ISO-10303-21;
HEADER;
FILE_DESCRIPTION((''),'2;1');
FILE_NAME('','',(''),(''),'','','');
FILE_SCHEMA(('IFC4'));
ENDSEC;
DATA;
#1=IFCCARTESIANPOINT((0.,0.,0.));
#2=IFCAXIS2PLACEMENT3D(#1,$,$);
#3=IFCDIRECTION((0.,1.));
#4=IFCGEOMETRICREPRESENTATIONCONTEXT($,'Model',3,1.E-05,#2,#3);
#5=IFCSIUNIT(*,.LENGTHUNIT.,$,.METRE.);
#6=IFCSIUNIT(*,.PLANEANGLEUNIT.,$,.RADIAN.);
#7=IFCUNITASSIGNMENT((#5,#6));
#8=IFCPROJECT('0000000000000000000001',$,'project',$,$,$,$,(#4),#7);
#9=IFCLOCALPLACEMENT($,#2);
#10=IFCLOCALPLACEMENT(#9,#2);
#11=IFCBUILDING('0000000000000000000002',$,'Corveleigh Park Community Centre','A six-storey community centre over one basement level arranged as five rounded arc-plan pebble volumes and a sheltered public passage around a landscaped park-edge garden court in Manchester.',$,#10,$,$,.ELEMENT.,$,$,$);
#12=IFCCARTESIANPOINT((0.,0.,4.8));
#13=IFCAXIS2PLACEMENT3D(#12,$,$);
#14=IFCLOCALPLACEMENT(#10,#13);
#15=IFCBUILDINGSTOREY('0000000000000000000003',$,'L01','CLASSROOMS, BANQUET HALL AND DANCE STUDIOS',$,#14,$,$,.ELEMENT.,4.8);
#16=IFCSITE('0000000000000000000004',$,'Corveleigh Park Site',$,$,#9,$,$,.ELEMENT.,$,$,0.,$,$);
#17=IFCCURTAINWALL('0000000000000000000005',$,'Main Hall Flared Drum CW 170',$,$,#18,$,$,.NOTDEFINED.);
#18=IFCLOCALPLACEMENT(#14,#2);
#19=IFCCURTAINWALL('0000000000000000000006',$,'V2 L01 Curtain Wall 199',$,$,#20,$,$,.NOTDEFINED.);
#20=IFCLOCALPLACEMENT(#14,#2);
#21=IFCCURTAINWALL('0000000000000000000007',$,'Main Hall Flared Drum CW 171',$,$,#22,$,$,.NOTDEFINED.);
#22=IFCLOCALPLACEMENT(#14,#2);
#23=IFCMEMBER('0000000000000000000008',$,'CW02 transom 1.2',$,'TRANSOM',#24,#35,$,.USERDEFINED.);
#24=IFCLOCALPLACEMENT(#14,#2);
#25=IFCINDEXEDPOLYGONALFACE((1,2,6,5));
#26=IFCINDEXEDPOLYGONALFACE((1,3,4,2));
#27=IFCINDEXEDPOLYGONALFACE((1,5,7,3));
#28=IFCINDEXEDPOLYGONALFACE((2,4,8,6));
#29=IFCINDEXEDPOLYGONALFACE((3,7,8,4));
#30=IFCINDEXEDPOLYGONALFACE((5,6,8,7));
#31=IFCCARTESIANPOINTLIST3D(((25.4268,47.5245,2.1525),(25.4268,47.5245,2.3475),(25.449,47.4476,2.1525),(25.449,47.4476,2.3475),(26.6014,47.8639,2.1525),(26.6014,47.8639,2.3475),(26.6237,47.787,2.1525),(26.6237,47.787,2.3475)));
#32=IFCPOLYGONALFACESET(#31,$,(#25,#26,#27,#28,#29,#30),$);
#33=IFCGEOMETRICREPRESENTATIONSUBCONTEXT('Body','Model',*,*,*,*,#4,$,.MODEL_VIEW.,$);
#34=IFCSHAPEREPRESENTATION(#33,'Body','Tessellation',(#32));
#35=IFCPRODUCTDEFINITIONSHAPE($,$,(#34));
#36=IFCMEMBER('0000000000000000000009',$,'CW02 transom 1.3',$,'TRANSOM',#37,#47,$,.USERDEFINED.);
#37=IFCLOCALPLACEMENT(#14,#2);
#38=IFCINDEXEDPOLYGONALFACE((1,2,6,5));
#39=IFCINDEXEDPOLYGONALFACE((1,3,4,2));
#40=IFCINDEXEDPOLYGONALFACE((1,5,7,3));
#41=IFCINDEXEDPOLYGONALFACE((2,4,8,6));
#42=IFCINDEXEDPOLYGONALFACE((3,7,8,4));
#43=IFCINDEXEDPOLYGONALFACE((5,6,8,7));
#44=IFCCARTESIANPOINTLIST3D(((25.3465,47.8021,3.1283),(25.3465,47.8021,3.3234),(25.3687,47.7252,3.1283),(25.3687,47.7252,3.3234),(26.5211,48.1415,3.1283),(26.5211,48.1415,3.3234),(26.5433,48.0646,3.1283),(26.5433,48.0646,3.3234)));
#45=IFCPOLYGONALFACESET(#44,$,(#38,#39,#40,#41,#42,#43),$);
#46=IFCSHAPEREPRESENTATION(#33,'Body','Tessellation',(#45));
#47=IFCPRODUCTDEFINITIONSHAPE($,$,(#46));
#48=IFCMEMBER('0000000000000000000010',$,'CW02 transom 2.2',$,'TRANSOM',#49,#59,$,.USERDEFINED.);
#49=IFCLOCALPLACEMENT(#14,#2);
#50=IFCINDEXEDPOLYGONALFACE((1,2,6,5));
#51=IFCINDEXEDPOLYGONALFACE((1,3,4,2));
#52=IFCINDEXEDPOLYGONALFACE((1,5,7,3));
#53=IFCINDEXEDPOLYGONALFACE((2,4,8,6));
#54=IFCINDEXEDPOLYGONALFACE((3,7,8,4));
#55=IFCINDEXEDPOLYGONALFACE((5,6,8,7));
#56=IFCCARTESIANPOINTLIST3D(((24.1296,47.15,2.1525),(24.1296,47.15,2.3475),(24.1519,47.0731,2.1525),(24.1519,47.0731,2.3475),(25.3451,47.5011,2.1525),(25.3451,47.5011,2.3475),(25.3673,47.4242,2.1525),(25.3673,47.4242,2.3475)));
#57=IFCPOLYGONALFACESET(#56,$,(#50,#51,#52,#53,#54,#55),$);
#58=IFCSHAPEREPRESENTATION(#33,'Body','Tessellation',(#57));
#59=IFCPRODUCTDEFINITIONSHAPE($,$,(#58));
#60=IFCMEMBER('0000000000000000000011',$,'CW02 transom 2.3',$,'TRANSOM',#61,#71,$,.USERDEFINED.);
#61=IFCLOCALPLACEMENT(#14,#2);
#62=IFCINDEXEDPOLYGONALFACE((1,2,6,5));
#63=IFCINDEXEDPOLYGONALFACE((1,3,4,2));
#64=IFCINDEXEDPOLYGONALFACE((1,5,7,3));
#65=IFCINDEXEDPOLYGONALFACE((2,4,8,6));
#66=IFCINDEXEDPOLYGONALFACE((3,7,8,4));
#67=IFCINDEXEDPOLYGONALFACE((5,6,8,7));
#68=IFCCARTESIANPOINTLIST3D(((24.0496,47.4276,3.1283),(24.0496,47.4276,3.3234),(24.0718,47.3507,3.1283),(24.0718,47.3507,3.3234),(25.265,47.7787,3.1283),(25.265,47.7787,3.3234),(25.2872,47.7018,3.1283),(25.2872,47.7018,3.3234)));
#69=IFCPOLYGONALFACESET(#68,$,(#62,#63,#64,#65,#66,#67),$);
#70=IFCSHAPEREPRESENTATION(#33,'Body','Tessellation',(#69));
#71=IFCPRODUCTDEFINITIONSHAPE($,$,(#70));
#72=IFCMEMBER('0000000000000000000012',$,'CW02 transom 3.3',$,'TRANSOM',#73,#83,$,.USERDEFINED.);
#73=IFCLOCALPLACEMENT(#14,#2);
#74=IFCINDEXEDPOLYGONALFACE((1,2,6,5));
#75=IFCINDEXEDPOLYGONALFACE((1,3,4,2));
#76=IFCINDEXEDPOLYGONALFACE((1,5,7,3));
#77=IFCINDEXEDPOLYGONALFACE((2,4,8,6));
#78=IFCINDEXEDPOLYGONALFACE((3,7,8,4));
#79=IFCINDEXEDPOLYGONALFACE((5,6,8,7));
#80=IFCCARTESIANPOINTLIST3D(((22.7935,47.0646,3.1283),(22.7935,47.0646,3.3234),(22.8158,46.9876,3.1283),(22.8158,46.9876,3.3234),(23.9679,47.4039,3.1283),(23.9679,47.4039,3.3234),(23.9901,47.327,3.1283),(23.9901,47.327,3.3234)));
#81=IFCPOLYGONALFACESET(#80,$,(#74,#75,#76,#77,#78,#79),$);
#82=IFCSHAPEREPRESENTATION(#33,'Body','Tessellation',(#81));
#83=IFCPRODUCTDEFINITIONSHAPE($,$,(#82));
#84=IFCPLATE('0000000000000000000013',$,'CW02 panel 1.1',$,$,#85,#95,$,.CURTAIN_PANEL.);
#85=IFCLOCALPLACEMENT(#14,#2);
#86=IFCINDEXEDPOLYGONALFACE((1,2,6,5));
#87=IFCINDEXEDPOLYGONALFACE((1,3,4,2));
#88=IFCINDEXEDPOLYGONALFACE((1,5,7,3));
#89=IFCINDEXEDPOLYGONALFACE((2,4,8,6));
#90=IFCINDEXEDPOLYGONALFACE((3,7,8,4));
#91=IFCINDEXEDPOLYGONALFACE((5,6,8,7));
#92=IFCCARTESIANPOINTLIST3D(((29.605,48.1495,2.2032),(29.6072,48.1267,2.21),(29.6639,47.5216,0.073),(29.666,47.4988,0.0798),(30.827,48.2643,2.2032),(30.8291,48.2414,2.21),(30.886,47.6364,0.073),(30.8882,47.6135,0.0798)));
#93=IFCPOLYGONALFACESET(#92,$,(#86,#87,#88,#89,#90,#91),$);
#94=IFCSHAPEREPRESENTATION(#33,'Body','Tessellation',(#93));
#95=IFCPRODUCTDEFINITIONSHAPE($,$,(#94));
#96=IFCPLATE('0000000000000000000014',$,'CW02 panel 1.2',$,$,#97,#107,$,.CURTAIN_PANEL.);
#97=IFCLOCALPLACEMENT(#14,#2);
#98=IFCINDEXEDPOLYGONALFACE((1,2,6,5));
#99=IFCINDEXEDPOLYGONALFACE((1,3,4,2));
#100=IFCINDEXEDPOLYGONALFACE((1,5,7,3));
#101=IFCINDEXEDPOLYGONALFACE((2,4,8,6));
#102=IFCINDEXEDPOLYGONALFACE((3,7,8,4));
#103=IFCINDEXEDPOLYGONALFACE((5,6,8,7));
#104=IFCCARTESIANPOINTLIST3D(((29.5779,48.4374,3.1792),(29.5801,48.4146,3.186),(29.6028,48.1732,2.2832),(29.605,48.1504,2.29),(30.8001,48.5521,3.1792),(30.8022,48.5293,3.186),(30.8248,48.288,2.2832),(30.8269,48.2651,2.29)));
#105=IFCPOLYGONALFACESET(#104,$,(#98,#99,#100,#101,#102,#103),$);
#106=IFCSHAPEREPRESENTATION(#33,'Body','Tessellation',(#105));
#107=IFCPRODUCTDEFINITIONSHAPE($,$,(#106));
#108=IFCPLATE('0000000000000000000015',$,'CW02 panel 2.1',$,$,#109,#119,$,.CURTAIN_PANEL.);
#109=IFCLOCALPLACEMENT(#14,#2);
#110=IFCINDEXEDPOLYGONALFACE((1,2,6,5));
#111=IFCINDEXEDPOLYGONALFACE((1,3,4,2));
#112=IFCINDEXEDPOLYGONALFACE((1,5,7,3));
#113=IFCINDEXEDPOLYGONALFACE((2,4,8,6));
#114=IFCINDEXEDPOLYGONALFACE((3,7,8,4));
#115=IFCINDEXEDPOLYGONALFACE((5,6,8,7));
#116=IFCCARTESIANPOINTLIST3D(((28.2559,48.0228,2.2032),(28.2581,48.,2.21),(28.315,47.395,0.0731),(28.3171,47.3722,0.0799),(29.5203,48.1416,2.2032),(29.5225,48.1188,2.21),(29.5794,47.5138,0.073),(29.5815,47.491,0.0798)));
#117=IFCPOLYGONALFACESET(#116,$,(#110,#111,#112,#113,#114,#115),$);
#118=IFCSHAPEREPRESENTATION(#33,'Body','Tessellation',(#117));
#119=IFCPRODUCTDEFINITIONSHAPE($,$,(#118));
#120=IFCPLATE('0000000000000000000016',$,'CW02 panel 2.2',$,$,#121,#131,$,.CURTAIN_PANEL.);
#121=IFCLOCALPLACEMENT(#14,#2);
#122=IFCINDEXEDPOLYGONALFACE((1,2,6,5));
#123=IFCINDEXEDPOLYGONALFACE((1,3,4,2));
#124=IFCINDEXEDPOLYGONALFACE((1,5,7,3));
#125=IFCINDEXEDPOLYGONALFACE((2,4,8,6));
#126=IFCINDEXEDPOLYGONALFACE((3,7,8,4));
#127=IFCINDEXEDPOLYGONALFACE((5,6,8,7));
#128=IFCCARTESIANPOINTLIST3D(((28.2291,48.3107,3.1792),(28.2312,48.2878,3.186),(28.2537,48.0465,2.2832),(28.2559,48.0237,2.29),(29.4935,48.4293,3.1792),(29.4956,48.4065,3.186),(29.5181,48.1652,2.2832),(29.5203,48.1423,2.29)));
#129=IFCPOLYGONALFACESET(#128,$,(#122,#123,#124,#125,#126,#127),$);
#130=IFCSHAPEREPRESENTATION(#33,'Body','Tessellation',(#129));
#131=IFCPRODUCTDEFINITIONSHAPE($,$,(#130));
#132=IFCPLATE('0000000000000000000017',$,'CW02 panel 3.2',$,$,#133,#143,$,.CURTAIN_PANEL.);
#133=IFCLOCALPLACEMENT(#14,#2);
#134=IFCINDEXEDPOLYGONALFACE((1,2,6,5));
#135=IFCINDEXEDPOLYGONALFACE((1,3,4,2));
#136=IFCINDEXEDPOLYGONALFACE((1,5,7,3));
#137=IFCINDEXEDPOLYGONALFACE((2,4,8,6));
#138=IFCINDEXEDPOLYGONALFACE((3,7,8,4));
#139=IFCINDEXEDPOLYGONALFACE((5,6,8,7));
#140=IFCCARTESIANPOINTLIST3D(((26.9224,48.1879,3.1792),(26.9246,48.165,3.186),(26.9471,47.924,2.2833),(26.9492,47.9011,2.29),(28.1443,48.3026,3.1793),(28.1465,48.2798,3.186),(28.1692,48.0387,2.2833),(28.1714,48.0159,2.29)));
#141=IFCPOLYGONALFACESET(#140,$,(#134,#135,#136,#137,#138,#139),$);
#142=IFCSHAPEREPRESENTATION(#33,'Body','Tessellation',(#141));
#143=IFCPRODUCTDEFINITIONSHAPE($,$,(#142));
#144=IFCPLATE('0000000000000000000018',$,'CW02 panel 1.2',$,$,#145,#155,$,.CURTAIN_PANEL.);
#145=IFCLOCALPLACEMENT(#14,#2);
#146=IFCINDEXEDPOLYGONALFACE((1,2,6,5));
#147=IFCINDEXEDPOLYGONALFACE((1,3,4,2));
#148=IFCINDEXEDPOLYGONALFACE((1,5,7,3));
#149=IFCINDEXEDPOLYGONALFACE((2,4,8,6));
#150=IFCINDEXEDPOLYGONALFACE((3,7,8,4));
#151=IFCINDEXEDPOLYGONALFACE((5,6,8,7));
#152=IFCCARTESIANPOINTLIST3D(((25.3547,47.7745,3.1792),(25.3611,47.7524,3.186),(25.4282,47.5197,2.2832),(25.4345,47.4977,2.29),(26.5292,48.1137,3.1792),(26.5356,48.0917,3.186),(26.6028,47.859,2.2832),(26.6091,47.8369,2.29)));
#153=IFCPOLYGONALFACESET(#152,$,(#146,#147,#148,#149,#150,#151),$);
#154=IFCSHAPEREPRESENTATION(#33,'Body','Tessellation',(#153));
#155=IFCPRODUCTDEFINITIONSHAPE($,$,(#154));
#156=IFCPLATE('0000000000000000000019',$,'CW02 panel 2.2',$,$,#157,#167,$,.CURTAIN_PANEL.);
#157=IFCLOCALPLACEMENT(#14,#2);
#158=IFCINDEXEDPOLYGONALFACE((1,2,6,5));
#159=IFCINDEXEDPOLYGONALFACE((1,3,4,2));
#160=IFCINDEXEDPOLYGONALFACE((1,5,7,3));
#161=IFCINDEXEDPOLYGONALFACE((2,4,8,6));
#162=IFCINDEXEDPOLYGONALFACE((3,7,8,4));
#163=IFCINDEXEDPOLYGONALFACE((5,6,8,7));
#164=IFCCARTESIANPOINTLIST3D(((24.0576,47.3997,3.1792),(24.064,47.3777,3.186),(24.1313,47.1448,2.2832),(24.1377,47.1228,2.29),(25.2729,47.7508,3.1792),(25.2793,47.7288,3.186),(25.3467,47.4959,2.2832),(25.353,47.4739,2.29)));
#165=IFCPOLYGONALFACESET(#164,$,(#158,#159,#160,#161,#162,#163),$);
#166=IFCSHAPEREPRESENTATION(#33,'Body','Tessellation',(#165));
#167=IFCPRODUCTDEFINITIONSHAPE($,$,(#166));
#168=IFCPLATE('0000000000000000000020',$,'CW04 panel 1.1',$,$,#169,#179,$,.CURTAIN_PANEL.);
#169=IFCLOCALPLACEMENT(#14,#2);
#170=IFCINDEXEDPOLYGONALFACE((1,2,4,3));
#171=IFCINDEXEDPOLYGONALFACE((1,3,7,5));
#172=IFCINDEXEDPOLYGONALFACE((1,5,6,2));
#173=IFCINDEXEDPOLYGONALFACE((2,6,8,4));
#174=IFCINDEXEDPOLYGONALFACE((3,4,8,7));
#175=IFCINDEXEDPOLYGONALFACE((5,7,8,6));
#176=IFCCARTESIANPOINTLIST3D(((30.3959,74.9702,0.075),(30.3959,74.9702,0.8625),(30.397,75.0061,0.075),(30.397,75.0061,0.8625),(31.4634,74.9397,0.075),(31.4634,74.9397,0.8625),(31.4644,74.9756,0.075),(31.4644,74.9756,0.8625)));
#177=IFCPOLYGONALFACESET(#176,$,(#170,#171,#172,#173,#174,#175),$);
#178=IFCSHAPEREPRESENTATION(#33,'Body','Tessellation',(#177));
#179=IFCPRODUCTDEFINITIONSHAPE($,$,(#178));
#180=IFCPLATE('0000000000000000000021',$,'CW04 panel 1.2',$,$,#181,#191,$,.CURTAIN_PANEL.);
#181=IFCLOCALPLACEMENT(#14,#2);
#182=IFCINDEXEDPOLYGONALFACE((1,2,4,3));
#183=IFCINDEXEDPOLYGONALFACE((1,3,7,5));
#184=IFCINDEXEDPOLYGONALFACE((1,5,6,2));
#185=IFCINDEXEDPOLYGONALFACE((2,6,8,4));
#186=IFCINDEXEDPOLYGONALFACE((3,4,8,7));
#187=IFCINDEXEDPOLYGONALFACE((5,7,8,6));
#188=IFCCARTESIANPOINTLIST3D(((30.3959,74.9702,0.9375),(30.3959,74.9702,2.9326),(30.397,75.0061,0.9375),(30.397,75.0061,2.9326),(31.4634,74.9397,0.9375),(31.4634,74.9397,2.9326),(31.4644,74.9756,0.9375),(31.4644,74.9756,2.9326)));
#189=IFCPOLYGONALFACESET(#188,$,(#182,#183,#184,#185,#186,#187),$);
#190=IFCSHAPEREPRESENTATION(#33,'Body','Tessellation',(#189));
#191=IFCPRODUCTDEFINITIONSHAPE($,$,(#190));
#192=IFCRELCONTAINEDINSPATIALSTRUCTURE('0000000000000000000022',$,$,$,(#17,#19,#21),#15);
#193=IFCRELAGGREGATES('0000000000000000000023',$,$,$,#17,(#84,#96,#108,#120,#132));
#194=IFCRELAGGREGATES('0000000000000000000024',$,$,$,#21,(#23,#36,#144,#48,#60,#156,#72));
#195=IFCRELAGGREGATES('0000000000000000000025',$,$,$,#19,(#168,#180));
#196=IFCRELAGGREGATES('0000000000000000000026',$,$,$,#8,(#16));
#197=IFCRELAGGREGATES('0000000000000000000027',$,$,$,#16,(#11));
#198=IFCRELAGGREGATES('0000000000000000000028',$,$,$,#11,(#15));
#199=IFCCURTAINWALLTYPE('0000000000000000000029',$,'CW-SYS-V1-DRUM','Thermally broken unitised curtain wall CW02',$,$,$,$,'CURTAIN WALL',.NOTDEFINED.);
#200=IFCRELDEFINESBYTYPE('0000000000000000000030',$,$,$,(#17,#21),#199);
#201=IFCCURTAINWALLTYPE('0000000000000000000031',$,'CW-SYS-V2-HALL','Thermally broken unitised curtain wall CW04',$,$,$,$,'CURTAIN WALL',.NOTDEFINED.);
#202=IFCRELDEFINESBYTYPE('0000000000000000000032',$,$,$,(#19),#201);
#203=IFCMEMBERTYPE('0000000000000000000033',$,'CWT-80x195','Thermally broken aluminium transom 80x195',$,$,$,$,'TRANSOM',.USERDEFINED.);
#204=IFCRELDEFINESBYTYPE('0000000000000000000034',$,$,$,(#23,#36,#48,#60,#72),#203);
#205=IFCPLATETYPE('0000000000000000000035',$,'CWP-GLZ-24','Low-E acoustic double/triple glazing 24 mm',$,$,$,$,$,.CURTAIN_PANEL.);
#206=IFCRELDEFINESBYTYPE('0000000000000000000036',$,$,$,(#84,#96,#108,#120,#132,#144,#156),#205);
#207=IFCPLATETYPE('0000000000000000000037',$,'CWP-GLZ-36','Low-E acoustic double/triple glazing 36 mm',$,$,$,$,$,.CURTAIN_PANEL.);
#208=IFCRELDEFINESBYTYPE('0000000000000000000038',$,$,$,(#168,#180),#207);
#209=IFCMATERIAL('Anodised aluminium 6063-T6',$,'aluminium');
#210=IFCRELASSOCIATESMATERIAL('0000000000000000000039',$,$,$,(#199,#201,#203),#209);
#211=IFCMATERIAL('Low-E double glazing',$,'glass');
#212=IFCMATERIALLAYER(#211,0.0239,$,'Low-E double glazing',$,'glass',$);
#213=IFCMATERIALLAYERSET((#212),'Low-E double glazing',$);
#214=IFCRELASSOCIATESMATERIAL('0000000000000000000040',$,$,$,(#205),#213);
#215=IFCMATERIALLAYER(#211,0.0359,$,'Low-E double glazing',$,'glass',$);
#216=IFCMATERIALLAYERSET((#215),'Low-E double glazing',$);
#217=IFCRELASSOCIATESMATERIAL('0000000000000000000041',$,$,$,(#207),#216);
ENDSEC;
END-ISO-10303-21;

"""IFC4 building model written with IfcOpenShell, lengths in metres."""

from ifc_helpers import new_model, si_unit, direction, frame, origin, origin_2d, place, context, subcontext, project, spatial, polyline, rectangle, outline, extrude, material, layer, layer_set, material_profile, profile_set, type_object, element, aggregate, save


model = new_model("IFC4")

# Units and contexts
model_context = context("Model", 3, precision=1e-05, world=origin(), true_north=direction((0.0, 1.0)))
body_context = subcontext(model_context, "Body", "Model", "MODEL_VIEW")
ifc_project = project(units=[si_unit("LENGTHUNIT", "METRE"), si_unit("PLANEANGLEUNIT", "RADIAN")], contexts=[model_context])

# Site, building, storey
site_placement = place(None, origin())
site = spatial("IfcSite", under=ifc_project, at=site_placement, Name="Corveleigh Park Site", CompositionType="ELEMENT", RefElevation=0.0)
building_placement = place(site_placement, origin())
building = spatial("IfcBuilding", under=site, at=building_placement, Name="Corveleigh Park Community Centre", Description="A six-storey community centre over one basement level arranged as five rounded arc-plan pebble volumes and a sheltered public passage around a landscaped park-edge garden court in Manchester.", CompositionType="ELEMENT")
storey_placement = place(building_placement, frame((0.0, 0.0, 4.8)))
storey = spatial("IfcBuildingStorey", under=building, at=storey_placement, Name="L01", Description="CLASSROOMS, BANQUET HALL AND DANCE STUDIOS", CompositionType="ELEMENT", Elevation=4.8)

# Shared definitions
ifc_material_1 = material(Name="Anodised aluminium 6063-T6", Category="aluminium")
curtain_wall_type_1 = type_object("IfcCurtainWallType", Name="CW-SYS-V1-DRUM", Description="Thermally broken unitised curtain wall CW02", ElementType="CURTAIN WALL", PredefinedType="NOTDEFINED", material=ifc_material_1)

# Curtain walls
curtain_wall_1_placement = place(storey_placement, origin())
curtain_wall_1 = element("IfcCurtainWall", 1, at=curtain_wall_1_placement, inside=storey, type_object=curtain_wall_type_1, Name="Main Hall Flared Drum CW 170", PredefinedType="NOTDEFINED")
curtain_wall_type_2 = type_object("IfcCurtainWallType", Name="CW-SYS-V2-HALL", Description="Thermally broken unitised curtain wall CW04", ElementType="CURTAIN WALL", PredefinedType="NOTDEFINED", material=ifc_material_1)
curtain_wall_2_placement = place(storey_placement, origin())
curtain_wall_2 = element("IfcCurtainWall", 2, at=curtain_wall_2_placement, inside=storey, type_object=curtain_wall_type_2, Name="V2 L01 Curtain Wall 199", PredefinedType="NOTDEFINED")

# Shared definitions
ifc_material_profile_1 = material_profile(ifc_material_1, rectangle(XDim=0.0801, YDim=0.1951, at=origin_2d()), Name="ALU-T80x195", Category="aluminium")
ifc_profile_set_1 = profile_set([ifc_material_profile_1], Name="Anodised aluminium 6063-T6")
member_type_1 = type_object("IfcMemberType", Name="CWT-80x195", Description="Thermally broken aluminium transom 80x195", ElementType="TRANSOM", PredefinedType="USERDEFINED", material=ifc_profile_set_1)

# Curtain wall, members
curtain_wall_3_placement = place(storey_placement, origin())
curtain_wall_3 = element("IfcCurtainWall", 3, at=curtain_wall_3_placement, inside=storey, type_object=curtain_wall_type_1, Name="Main Hall Flared Drum CW 171", PredefinedType="NOTDEFINED")
member_1_placement = place(storey_placement, frame((26.6125, 47.8254, 2.25), z_axis=(-0.960706, -0.277568, 0.0), x_axis=(0.277568, -0.960706, 0.0)))
member_1 = element("IfcMember", 4, at=member_1_placement, type_object=member_type_1, Name="CW02 transom 1.2", ObjectType="TRANSOM", PredefinedType="USERDEFINED", context=body_context, shape_type="SweptSolid", body=[
    extrude(rectangle(XDim=0.0801, YDim=0.1951, at=origin_2d()), origin(), (0.0, 0.0, 1.0), 1.2227),
])
member_2_placement = place(storey_placement, frame((26.5322, 48.103, 3.2258), z_axis=(-0.960706, -0.277568, 0.0), x_axis=(0.277568, -0.960706, 0.0)))
member_2 = element("IfcMember", 5, at=member_2_placement, type_object=member_type_1, Name="CW02 transom 1.3", ObjectType="TRANSOM", PredefinedType="USERDEFINED", context=body_context, shape_type="SweptSolid", body=[
    extrude(rectangle(XDim=0.0801, YDim=0.1951, at=origin_2d()), origin(), (0.0, 0.0, 1.0), 1.2227),
])
member_3_placement = place(storey_placement, frame((25.3562, 47.4626, 2.25), z_axis=(-0.960719, -0.277524, 0.0), x_axis=(0.277524, -0.960719, 0.0)))
member_3 = element("IfcMember", 6, at=member_3_placement, type_object=member_type_1, Name="CW02 transom 2.2", ObjectType="TRANSOM", PredefinedType="USERDEFINED", context=body_context, shape_type="SweptSolid", body=[
    extrude(rectangle(XDim=0.0801, YDim=0.1951, at=origin_2d()), origin(), (0.0, 0.0, 1.0), 1.2651),
])
member_4_placement = place(storey_placement, frame((25.2761, 47.7402, 3.2258), z_axis=(-0.960719, -0.277524, 0.0), x_axis=(0.277524, -0.960719, 0.0)))
member_4 = element("IfcMember", 7, at=member_4_placement, type_object=member_type_1, Name="CW02 transom 2.3", ObjectType="TRANSOM", PredefinedType="USERDEFINED", context=body_context, shape_type="SweptSolid", body=[
    extrude(rectangle(XDim=0.0801, YDim=0.1951, at=origin_2d()), origin(), (0.0, 0.0, 1.0), 1.2651),
])
member_5_placement = place(storey_placement, frame((23.979, 47.3655, 3.2258), z_axis=(-0.960691, -0.277622, 0.0), x_axis=(0.277622, -0.960691, 0.0)))
member_5 = element("IfcMember", 8, at=member_5_placement, type_object=member_type_1, Name="CW02 transom 3.3", ObjectType="TRANSOM", PredefinedType="USERDEFINED", context=body_context, shape_type="SweptSolid", body=[
    extrude(rectangle(XDim=0.0801, YDim=0.1951, at=origin_2d()), origin(), (0.0, 0.0, 1.0), 1.2224),
])

# Plates
ifc_material_2 = material(Name="Low-E double glazing", Category="glass")
ifc_layer_1 = layer(ifc_material_2, 0.0239, Name="Low-E double glazing", Category="glass")
ifc_layer_set_1 = layer_set([ifc_layer_1], Name="Low-E double glazing")
plate_type_1 = type_object("IfcPlateType", Name="CWP-GLZ-24", Description="Low-E acoustic double/triple glazing 24 mm", PredefinedType="CURTAIN_PANEL", material=ifc_layer_set_1)
plate_1_placement = place(storey_placement, frame((30.8882, 47.6135, 0.0798), z_axis=(0.089639, -0.954655, 0.283899), x_axis=(-0.995621, -0.093485, 0.000003)))
plate_1 = element("IfcPlate", 9, at=plate_1_placement, type_object=plate_type_1, Name="CW02 panel 1.1", PredefinedType="CURTAIN_PANEL", context=body_context, shape_type="SweptSolid", body=[
    extrude(outline(polyline([(0.0, 0.0), (1.2275, 0.0), (1.2274, -2.2215), (0.0001, -2.2215), (0.0, 0.0)])), origin(), (0.0, 0.0, -1.0), 0.0239),
])
plate_2_placement = place(storey_placement, frame((30.8269, 48.2651, 2.29), z_axis=(0.089638, -0.954646, 0.283931), x_axis=(-0.995621, -0.093486, -0.000003)))
plate_2 = element("IfcPlate", 10, at=plate_2_placement, type_object=plate_type_1, Name="CW02 panel 1.2", PredefinedType="CURTAIN_PANEL", context=body_context, shape_type="SweptSolid", body=[
    extrude(outline(polyline([(0.0, 0.0), (1.2273, 0.0), (1.2274, -0.9345), (-0.0001, -0.9345), (0.0, 0.0)])), origin(), (0.0, 0.0, -1.0), 0.0239),
])
plate_3_placement = place(storey_placement, frame((29.5815, 47.491, 0.0798), z_axis=(0.089678, -0.954665, 0.283854), x_axis=(-0.995618, -0.093518, 0.000026)))
plate_3 = element("IfcPlate", 11, at=plate_3_placement, type_object=plate_type_1, Name="CW02 panel 2.1", PredefinedType="CURTAIN_PANEL", context=body_context, shape_type="SweptSolid", body=[
    extrude(outline(polyline([(0.0, 0.0), (1.27, 0.0), (1.2701, -2.2215), (0.0002, -2.2215), (0.0, 0.0)])), origin(), (0.0, 0.0, -1.0), 0.0239),
])
plate_4_placement = place(storey_placement, frame((29.5203, 48.1423, 2.29), z_axis=(0.089585, -0.954654, 0.283919), x_axis=(-0.995626, -0.09343, 0.0)))
plate_4 = element("IfcPlate", 12, at=plate_4_placement, type_object=plate_type_1, Name="CW02 panel 2.2", PredefinedType="CURTAIN_PANEL", context=body_context, shape_type="SweptSolid", body=[
    extrude(outline(polyline([(0.0, 0.0), (1.27, 0.0), (1.2698, -0.9345), (-0.0001, -0.9345), (0.0, 0.0)])), origin(), (0.0, 0.0, -1.0), 0.0239),
])
plate_5_placement = place(storey_placement, frame((28.1714, 48.0159, 2.29), z_axis=(0.089645, -0.954716, 0.283691), x_axis=(-0.995621, -0.093485, 0.000003)))
plate_5 = element("IfcPlate", 13, at=plate_5_placement, type_object=plate_type_1, Name="CW02 panel 3.2", PredefinedType="CURTAIN_PANEL", context=body_context, shape_type="SweptSolid", body=[
    extrude(outline(polyline([(0.0, 0.0), (1.2275, 0.0), (1.2274, -0.9344), (0.0001, -0.9344), (0.0, 0.0)])), origin(), (0.0, 0.0, -1.0), 0.0239),
])
aggregate(curtain_wall_1, [plate_1, plate_2, plate_3, plate_4, plate_5])
plate_6_placement = place(storey_placement, frame((26.6091, 47.8369, 2.29), z_axis=(0.266071, -0.921242, 0.283761), x_axis=(-0.96073, -0.277484, -0.000026)))
plate_6 = element("IfcPlate", 14, at=plate_6_placement, type_object=plate_type_1, Name="CW02 panel 1.2", PredefinedType="CURTAIN_PANEL", context=body_context, shape_type="SweptSolid", body=[
    extrude(outline(polyline([(0.0, 0.0), (1.2226, 0.0), (1.2225, -0.9344), (-0.0001, -0.9344), (0.0, 0.0)])), origin(), (0.0, 0.0, -1.0), 0.0239),
])
plate_7_placement = place(storey_placement, frame((25.353, 47.4739, 2.29), z_axis=(0.266101, -0.921177, 0.283943), x_axis=(-0.960719, -0.277524, 0.0)))
plate_7 = element("IfcPlate", 15, at=plate_7_placement, type_object=plate_type_1, Name="CW02 panel 2.2", PredefinedType="CURTAIN_PANEL", context=body_context, shape_type="SweptSolid", body=[
    extrude(outline(polyline([(0.0, 0.0), (1.265, 0.0), (1.2651, -0.9345), (0.0001, -0.9345), (0.0, 0.0)])), origin(), (0.0, 0.0, -1.0), 0.0239),
])
aggregate(curtain_wall_3, [member_1, member_2, plate_6, member_3, member_4, plate_7, member_5])
ifc_layer_2 = layer(ifc_material_2, 0.0359, Name="Low-E double glazing", Category="glass")
ifc_layer_set_2 = layer_set([ifc_layer_2], Name="Low-E double glazing")
plate_type_2 = type_object("IfcPlateType", Name="CWP-GLZ-36", Description="Low-E acoustic double/triple glazing 36 mm", PredefinedType="CURTAIN_PANEL", material=ifc_layer_set_2)
plate_8_placement = place(storey_placement, frame((30.9302, 74.9729, 0.075), z_axis=(0.0, 0.0, 1.0), x_axis=(-0.999594, 0.028498, 0.0)))
plate_8 = element("IfcPlate", 16, at=plate_8_placement, type_object=plate_type_2, Name="CW04 panel 1.1", PredefinedType="CURTAIN_PANEL", context=body_context, shape_type="SweptSolid", body=[
    extrude(rectangle(XDim=1.0679, YDim=0.0359, at=origin_2d()), origin(), (0.0, 0.0, 1.0), 0.7876),
])
plate_9_placement = place(storey_placement, frame((30.9302, 74.9729, 0.9375), z_axis=(0.0, 0.0, 1.0), x_axis=(-0.999594, 0.028498, 0.0)))
plate_9 = element("IfcPlate", 17, at=plate_9_placement, type_object=plate_type_2, Name="CW04 panel 1.2", PredefinedType="CURTAIN_PANEL", context=body_context, shape_type="SweptSolid", body=[
    extrude(rectangle(XDim=1.0679, YDim=0.0359, at=origin_2d()), origin(), (0.0, 0.0, 1.0), 1.9951),
])
aggregate(curtain_wall_2, [plate_8, plate_9])

save(model, "model.ifc")
